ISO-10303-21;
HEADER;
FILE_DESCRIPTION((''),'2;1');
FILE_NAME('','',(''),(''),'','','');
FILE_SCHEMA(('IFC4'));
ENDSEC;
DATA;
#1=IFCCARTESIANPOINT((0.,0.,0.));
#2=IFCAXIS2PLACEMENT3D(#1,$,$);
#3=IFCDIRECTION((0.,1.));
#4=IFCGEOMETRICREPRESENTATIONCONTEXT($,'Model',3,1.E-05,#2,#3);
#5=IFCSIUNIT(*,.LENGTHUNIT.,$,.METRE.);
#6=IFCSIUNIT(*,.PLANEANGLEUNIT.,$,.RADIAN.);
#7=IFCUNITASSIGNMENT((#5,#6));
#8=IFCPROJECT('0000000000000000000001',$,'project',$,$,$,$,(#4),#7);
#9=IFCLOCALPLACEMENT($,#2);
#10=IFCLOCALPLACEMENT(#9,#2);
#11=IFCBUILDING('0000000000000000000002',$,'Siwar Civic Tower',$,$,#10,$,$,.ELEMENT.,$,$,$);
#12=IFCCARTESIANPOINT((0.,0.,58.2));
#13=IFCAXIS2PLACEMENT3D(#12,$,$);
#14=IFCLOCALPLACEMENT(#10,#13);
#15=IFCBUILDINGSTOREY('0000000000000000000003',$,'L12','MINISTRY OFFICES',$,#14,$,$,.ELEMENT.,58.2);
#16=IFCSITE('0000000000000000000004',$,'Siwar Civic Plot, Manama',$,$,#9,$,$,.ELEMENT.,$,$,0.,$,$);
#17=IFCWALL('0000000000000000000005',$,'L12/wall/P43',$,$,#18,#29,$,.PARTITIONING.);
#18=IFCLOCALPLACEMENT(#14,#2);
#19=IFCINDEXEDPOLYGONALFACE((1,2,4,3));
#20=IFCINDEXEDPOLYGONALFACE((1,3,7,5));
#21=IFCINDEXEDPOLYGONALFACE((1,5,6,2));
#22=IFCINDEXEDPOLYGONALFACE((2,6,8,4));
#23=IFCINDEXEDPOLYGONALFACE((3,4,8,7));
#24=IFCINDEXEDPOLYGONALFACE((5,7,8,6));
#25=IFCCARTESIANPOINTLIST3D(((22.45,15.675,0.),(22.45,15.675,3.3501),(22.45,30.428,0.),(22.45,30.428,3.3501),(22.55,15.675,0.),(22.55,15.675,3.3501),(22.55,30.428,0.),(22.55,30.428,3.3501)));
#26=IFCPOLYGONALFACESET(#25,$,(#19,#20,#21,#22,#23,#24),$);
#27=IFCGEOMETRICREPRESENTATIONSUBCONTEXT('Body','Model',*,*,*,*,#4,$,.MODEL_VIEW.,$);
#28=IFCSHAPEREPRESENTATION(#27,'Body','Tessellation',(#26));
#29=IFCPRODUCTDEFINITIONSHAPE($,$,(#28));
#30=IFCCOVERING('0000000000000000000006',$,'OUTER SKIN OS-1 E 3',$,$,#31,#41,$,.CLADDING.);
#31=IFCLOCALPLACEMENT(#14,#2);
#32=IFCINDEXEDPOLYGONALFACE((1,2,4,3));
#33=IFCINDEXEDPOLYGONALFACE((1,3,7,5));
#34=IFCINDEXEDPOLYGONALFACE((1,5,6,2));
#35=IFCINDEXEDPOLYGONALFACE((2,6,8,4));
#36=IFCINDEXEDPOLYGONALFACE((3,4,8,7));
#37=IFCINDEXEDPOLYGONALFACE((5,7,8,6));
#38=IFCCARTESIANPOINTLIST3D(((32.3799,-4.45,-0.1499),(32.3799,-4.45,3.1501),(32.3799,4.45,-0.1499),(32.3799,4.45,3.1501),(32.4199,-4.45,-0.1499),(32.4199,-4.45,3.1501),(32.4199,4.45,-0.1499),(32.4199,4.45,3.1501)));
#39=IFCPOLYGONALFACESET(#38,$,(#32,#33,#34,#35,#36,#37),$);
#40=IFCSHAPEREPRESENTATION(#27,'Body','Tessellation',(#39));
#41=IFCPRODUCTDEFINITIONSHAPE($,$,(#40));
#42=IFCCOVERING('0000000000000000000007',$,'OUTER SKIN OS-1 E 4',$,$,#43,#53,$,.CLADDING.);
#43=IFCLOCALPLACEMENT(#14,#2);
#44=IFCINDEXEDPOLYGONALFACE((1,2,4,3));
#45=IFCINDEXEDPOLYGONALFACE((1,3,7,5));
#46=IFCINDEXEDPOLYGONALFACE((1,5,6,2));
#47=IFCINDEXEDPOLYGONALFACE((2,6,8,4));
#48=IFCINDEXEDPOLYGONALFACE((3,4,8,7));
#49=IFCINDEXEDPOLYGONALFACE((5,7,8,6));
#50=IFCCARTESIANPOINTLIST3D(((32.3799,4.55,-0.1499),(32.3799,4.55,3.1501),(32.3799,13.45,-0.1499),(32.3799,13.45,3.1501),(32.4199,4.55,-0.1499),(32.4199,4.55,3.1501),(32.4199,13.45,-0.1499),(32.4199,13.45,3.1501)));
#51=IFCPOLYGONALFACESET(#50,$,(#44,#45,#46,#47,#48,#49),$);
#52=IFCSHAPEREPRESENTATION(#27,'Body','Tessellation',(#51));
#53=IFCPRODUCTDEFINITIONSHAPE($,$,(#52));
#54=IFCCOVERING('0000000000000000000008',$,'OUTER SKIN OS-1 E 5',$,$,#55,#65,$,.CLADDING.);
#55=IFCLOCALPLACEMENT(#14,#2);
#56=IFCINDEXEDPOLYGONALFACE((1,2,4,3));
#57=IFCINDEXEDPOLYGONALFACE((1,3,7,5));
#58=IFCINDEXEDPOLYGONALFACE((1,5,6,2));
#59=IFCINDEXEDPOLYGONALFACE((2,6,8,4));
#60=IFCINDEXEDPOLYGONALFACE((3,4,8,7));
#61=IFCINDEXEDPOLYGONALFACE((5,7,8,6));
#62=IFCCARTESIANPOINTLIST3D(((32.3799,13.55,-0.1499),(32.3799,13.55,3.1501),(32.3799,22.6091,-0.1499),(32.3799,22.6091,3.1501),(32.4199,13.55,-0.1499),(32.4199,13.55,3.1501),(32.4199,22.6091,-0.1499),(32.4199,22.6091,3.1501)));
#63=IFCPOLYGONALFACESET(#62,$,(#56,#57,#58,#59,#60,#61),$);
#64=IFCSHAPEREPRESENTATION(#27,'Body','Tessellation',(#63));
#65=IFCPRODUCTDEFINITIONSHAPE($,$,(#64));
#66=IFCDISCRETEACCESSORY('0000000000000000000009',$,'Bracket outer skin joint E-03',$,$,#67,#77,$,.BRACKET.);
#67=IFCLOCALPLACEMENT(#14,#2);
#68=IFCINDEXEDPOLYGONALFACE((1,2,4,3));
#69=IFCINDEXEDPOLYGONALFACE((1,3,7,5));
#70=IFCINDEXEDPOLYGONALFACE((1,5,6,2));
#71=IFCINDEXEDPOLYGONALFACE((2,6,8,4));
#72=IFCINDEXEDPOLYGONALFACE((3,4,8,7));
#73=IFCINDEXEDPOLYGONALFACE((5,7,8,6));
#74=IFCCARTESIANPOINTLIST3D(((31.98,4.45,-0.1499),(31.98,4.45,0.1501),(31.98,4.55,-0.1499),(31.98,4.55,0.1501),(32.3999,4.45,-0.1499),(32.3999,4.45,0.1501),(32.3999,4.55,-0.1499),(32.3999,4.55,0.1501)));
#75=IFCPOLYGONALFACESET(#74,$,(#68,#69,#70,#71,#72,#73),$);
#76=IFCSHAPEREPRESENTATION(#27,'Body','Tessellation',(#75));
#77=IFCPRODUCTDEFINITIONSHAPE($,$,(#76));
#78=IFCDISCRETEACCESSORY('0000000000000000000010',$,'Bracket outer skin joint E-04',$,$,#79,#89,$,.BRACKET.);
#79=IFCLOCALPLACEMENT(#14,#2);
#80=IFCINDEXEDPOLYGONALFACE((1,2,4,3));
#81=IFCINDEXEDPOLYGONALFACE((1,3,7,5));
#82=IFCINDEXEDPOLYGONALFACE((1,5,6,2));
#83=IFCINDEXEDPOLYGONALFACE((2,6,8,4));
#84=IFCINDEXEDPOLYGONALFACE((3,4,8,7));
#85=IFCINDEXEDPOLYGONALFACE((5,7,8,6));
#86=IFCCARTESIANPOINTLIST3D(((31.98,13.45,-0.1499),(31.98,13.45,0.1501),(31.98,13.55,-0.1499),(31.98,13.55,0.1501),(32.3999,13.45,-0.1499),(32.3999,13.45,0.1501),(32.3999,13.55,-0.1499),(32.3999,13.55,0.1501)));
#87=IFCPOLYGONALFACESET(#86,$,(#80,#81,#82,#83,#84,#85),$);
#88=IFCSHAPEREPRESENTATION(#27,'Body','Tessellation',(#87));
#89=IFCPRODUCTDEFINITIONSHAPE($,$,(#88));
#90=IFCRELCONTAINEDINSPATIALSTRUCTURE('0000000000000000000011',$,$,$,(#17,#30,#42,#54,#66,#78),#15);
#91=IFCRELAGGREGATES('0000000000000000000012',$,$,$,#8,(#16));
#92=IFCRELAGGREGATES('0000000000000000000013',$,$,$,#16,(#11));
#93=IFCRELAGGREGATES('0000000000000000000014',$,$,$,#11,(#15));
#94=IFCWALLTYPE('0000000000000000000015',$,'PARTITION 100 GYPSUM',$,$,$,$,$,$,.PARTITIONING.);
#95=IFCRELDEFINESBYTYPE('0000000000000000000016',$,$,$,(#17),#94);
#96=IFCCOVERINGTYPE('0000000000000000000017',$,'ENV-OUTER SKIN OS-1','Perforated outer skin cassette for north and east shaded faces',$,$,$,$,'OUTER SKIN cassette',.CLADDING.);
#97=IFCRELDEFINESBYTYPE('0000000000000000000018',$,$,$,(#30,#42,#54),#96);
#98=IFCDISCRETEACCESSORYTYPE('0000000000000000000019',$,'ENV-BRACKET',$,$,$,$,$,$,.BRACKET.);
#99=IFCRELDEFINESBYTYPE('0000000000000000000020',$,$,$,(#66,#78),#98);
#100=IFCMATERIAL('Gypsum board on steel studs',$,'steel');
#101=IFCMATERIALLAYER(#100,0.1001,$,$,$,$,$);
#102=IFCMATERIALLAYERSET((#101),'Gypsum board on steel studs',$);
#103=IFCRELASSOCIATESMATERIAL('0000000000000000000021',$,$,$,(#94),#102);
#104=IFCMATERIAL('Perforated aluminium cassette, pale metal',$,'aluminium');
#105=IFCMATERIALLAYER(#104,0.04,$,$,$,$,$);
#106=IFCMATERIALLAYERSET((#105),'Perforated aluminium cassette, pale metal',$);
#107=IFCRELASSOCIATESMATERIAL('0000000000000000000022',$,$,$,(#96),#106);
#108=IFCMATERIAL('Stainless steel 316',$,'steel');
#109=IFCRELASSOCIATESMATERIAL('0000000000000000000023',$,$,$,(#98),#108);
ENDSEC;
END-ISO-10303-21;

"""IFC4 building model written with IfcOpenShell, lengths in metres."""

from ifc_helpers import new_model, si_unit, direction, frame, frame_2d, origin, origin_2d, place, context, subcontext, project, spatial, rectangle, extrude, material, layer, layer_set, type_object, element, save


model = new_model("IFC4")

# Units and contexts
model_context = context("Model", 3, precision=1e-05, world=origin(), true_north=direction((0.0, 1.0)))
body_context = subcontext(model_context, "Body", "Model", "MODEL_VIEW")
ifc_project = project(units=[si_unit("LENGTHUNIT", "METRE"), si_unit("PLANEANGLEUNIT", "RADIAN")], contexts=[model_context])

# Site, building, storey
site_placement = place(None, origin())
site = spatial("IfcSite", under=ifc_project, at=site_placement, Name="Siwar Civic Plot, Manama", CompositionType="ELEMENT", RefElevation=0.0)
building_placement = place(site_placement, origin())
building = spatial("IfcBuilding", under=site, at=building_placement, Name="Siwar Civic Tower", CompositionType="ELEMENT")
storey_placement = place(building_placement, frame((0.0, 0.0, 58.2)))
storey = spatial("IfcBuildingStorey", under=building, at=storey_placement, Name="L12", Description="MINISTRY OFFICES", CompositionType="ELEMENT", Elevation=58.2)

# Shared definitions
ifc_material_1 = material(Name="Gypsum board on steel studs", Category="steel")
ifc_layer_1 = layer(ifc_material_1, 0.1001)
ifc_layer_set_1 = layer_set([ifc_layer_1], Name="Gypsum board on steel studs")
wall_type_1 = type_object("IfcWallType", Name="PARTITION 100 GYPSUM", PredefinedType="PARTITIONING", material=ifc_layer_set_1)

# Wall
wall_1_placement = place(storey_placement, frame((22.5, 15.675, 0.0), z_axis=(0.0, 0.0, 1.0), x_axis=(0.0, 1.0, 0.0)))
element("IfcWall", 1, at=wall_1_placement, inside=storey, type_object=wall_type_1, Name="L12/wall/P43", PredefinedType="PARTITIONING", context=body_context, shape_type="SweptSolid", body=[
    extrude(rectangle(XDim=14.7529, YDim=0.1001, at=frame_2d((7.3765, 0.0))), origin(), (0.0, 0.0, 1.0), 3.3501),
])

# Coverings
ifc_material_2 = material(Name="Perforated aluminium cassette, pale metal", Category="aluminium")
ifc_layer_2 = layer(ifc_material_2, 0.04)
ifc_layer_set_2 = layer_set([ifc_layer_2], Name="Perforated aluminium cassette, pale metal")
covering_type = type_object("IfcCoveringType", Name="ENV-OUTER SKIN OS-1", Description="Perforated outer skin cassette for north and east shaded faces", ElementType="OUTER SKIN cassette", PredefinedType="CLADDING", material=ifc_layer_set_2)
for number, where, z_axis, x_axis, name in (
    (2, (32.3999, 0.0, -0.1499), (0.0, 0.0, 1.0), (0.0, 1.0, 0.0), "OUTER SKIN OS-1 E 3"),
    (3, (32.3999, 9.0, -0.1499), (0.0, 0.0, 1.0), (0.0, 1.0, 0.0), "OUTER SKIN OS-1 E 4"),
):
    element("IfcCovering", number, at=place(storey_placement, frame(where, z_axis=z_axis, x_axis=x_axis)), inside=storey, type_object=covering_type, Name=name, PredefinedType="CLADDING", context=body_context, shape_type="SweptSolid", body=[
        extrude(rectangle(XDim=8.8999, YDim=0.04, at=origin_2d()), origin(), (0.0, 0.0, 1.0), 3.3),
    ])
covering_placement = place(storey_placement, frame((32.3999, 18.0796, -0.1499), z_axis=(0.0, 0.0, 1.0), x_axis=(0.0, 1.0, 0.0)))
element("IfcCovering", 4, at=covering_placement, inside=storey, type_object=covering_type, Name="OUTER SKIN OS-1 E 5", PredefinedType="CLADDING", context=body_context, shape_type="SweptSolid", body=[
    extrude(rectangle(XDim=9.0591, YDim=0.04, at=origin_2d()), origin(), (0.0, 0.0, 1.0), 3.3),
])

# Discrete accessories
ifc_material_3 = material(Name="Stainless steel 316", Category="steel")
discrete_accessory_type = type_object("IfcDiscreteAccessoryType", Name="ENV-BRACKET", PredefinedType="BRACKET", material=ifc_material_3)
for number, where, z_axis, x_axis, name in (
    (5, (32.1899, 4.5, -0.1499), (0.0, 0.0, 1.0), (1.0, 0.0, 0.0), "Bracket outer skin joint E-03"),
    (6, (32.1899, 13.5, -0.1499), (0.0, 0.0, 1.0), (1.0, 0.0, 0.0), "Bracket outer skin joint E-04"),
):
    element("IfcDiscreteAccessory", number, at=place(storey_placement, frame(where, z_axis=z_axis, x_axis=x_axis)), inside=storey, type_object=discrete_accessory_type, Name=name, PredefinedType="BRACKET", context=body_context, shape_type="SweptSolid", body=[
        extrude(rectangle(XDim=0.4199, YDim=0.1001, at=origin_2d()), origin(), (0.0, 0.0, 1.0), 0.3),
    ])

save(model, "model.ifc")
